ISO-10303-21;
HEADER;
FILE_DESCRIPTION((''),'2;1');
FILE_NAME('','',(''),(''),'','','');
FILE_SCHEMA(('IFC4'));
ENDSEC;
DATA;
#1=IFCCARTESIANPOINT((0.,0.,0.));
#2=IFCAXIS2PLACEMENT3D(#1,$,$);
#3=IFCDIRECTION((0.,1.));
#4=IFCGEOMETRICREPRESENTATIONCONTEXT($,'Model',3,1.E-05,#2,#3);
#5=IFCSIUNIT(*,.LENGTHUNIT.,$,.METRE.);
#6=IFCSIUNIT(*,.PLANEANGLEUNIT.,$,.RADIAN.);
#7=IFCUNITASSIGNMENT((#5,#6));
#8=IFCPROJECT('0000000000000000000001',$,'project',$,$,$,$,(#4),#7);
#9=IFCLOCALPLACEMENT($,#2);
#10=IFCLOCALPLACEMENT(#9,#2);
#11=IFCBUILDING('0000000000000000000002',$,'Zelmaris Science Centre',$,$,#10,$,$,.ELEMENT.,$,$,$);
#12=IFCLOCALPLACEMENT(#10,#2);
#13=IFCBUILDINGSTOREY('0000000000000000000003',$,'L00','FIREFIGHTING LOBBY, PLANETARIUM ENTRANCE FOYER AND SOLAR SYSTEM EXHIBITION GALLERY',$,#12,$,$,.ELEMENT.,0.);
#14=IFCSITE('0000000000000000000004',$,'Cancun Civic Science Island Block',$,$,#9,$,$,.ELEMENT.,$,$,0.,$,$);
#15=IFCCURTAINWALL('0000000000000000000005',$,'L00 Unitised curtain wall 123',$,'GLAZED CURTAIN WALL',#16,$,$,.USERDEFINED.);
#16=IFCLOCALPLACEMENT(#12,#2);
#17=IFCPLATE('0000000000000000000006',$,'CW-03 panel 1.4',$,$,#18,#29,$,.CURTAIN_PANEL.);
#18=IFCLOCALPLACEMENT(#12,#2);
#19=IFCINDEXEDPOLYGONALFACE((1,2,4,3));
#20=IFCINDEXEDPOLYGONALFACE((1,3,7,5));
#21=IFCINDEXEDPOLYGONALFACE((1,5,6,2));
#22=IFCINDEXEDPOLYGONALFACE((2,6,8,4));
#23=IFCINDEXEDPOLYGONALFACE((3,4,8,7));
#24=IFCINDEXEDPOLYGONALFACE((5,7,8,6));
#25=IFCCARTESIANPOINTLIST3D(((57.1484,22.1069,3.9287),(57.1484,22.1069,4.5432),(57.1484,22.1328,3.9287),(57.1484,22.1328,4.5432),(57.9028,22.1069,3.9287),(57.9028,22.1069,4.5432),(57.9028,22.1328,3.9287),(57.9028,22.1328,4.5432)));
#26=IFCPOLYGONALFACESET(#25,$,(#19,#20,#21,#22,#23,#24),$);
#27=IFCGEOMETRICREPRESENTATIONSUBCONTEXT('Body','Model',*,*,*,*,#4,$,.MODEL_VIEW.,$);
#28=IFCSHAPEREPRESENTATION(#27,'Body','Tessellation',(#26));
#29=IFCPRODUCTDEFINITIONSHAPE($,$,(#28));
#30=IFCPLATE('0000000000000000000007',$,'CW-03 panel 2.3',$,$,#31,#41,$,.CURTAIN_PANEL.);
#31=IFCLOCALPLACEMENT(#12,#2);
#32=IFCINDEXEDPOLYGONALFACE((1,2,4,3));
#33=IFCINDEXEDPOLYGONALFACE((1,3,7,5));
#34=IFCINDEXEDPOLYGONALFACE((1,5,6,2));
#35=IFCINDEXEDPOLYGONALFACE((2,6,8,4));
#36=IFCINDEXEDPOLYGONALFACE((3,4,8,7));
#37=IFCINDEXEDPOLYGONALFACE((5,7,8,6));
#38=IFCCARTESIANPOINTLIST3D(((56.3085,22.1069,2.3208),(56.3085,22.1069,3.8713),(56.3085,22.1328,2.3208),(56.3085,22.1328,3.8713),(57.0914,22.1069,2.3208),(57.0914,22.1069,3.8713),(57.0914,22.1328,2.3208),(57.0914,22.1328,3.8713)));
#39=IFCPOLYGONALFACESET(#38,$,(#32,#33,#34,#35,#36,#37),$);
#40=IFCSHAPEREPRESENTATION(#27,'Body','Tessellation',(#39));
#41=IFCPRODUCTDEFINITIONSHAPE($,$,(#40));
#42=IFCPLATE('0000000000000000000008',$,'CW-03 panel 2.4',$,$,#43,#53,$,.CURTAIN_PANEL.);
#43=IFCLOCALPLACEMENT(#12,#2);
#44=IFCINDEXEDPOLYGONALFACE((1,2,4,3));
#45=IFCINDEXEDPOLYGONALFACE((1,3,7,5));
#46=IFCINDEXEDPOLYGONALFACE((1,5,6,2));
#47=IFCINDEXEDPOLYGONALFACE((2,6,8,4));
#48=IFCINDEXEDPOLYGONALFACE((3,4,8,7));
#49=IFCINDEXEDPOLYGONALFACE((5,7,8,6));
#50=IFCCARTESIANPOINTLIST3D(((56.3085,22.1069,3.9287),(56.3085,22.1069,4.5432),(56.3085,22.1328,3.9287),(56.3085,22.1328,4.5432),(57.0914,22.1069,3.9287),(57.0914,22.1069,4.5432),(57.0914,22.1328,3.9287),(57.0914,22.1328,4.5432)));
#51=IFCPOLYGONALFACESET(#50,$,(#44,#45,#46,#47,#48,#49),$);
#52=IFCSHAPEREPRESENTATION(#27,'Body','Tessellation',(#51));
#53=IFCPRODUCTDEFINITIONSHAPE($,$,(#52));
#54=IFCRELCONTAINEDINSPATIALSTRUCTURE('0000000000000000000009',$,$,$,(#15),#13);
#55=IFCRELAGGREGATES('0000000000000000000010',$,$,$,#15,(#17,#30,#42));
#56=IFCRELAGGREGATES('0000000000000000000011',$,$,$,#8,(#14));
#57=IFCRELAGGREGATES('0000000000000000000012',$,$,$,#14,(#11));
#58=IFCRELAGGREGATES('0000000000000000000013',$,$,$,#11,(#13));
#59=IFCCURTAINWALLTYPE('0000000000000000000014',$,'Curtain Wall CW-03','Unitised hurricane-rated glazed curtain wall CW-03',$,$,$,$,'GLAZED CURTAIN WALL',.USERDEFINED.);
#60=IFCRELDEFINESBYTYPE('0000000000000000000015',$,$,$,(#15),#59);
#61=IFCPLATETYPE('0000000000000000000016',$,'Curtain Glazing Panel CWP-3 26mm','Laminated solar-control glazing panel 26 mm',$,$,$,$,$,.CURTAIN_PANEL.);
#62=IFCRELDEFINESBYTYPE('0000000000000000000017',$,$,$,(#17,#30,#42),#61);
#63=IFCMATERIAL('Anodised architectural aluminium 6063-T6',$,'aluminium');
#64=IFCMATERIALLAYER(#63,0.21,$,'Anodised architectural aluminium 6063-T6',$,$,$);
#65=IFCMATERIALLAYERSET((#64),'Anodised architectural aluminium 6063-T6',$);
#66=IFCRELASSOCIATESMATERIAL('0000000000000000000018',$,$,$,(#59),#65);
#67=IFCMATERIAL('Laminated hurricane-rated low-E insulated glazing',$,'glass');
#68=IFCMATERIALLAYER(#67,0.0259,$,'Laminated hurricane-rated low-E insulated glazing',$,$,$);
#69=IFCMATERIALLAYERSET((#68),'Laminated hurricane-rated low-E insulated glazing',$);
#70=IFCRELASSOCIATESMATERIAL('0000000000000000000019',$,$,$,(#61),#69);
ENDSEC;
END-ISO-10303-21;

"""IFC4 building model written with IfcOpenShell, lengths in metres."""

from ifc_helpers import new_model, si_unit, direction, frame, origin, origin_2d, place, context, subcontext, project, spatial, rectangle, extrude, material, layer, layer_set, type_object, element, aggregate, save


model = new_model("IFC4")

# Units and contexts
model_context = context("Model", 3, precision=1e-05, world=origin(), true_north=direction((0.0, 1.0)))
body_context = subcontext(model_context, "Body", "Model", "MODEL_VIEW")
ifc_project = project(units=[si_unit("LENGTHUNIT", "METRE"), si_unit("PLANEANGLEUNIT", "RADIAN")], contexts=[model_context])

# Site, building, storey
site_placement = place(None, origin())
site = spatial("IfcSite", under=ifc_project, at=site_placement, Name="Cancun Civic Science Island Block", CompositionType="ELEMENT", RefElevation=0.0)
building_placement = place(site_placement, origin())
building = spatial("IfcBuilding", under=site, at=building_placement, Name="Zelmaris Science Centre", CompositionType="ELEMENT")
storey_placement = place(building_placement, origin())
storey = spatial("IfcBuildingStorey", under=building, at=storey_placement, Name="L00", Description="FIREFIGHTING LOBBY, PLANETARIUM ENTRANCE FOYER AND SOLAR SYSTEM EXHIBITION GALLERY", CompositionType="ELEMENT", Elevation=0.0)

# Curtain wall
ifc_material_1 = material(Name="Anodised architectural aluminium 6063-T6", Category="aluminium")
ifc_layer_1 = layer(ifc_material_1, 0.21, Name="Anodised architectural aluminium 6063-T6")
ifc_layer_set_1 = layer_set([ifc_layer_1], Name="Anodised architectural aluminium 6063-T6")
curtain_wall_type_1 = type_object("IfcCurtainWallType", Name="Curtain Wall CW-03", Description="Unitised hurricane-rated glazed curtain wall CW-03", ElementType="GLAZED CURTAIN WALL", PredefinedType="USERDEFINED", material=ifc_layer_set_1)
curtain_wall_1_placement = place(storey_placement, origin())
curtain_wall_1 = element("IfcCurtainWall", 1, at=curtain_wall_1_placement, inside=storey, type_object=curtain_wall_type_1, Name="L00 Unitised curtain wall 123", ObjectType="GLAZED CURTAIN WALL", PredefinedType="USERDEFINED")

# Plates
ifc_material_2 = material(Name="Laminated hurricane-rated low-E insulated glazing", Category="glass")
ifc_layer_2 = layer(ifc_material_2, 0.0259, Name="Laminated hurricane-rated low-E insulated glazing")
ifc_layer_set_2 = layer_set([ifc_layer_2], Name="Laminated hurricane-rated low-E insulated glazing")
plate_type_1 = type_object("IfcPlateType", Name="Curtain Glazing Panel CWP-3 26mm", Description="Laminated solar-control glazing panel 26 mm", PredefinedType="CURTAIN_PANEL", material=ifc_layer_set_2)
plate_1_placement = place(storey_placement, frame((57.5256, 22.1199, 3.9287), z_axis=(0.0, 0.0, 1.0), x_axis=(-1.0, 0.00003, 0.0)))
plate_1 = element("IfcPlate", 2, at=plate_1_placement, type_object=plate_type_1, Name="CW-03 panel 1.4", PredefinedType="CURTAIN_PANEL", context=body_context, shape_type="SweptSolid", body=[
    extrude(rectangle(XDim=0.7544, YDim=0.0259, at=origin_2d()), origin(), (0.0, 0.0, 1.0), 0.6145),
])
plate_2_placement = place(storey_placement, frame((56.7, 22.1199, 2.3208), z_axis=(0.0, 0.0, 1.0), x_axis=(-1.0, 0.00003, 0.0)))
plate_2 = element("IfcPlate", 3, at=plate_2_placement, type_object=plate_type_1, Name="CW-03 panel 2.3", PredefinedType="CURTAIN_PANEL", context=body_context, shape_type="SweptSolid", body=[
    extrude(rectangle(XDim=0.783, YDim=0.0259, at=origin_2d()), origin(), (0.0, 0.0, 1.0), 1.5505),
])
plate_3_placement = place(storey_placement, frame((56.7, 22.1199, 3.9287), z_axis=(0.0, 0.0, 1.0), x_axis=(-1.0, 0.00003, 0.0)))
plate_3 = element("IfcPlate", 4, at=plate_3_placement, type_object=plate_type_1, Name="CW-03 panel 2.4", PredefinedType="CURTAIN_PANEL", context=body_context, shape_type="SweptSolid", body=[
    extrude(rectangle(XDim=0.783, YDim=0.0259, at=origin_2d()), origin(), (0.0, 0.0, 1.0), 0.6145),
])
aggregate(curtain_wall_1, [plate_1, plate_2, plate_3])

save(model, "model.ifc")
